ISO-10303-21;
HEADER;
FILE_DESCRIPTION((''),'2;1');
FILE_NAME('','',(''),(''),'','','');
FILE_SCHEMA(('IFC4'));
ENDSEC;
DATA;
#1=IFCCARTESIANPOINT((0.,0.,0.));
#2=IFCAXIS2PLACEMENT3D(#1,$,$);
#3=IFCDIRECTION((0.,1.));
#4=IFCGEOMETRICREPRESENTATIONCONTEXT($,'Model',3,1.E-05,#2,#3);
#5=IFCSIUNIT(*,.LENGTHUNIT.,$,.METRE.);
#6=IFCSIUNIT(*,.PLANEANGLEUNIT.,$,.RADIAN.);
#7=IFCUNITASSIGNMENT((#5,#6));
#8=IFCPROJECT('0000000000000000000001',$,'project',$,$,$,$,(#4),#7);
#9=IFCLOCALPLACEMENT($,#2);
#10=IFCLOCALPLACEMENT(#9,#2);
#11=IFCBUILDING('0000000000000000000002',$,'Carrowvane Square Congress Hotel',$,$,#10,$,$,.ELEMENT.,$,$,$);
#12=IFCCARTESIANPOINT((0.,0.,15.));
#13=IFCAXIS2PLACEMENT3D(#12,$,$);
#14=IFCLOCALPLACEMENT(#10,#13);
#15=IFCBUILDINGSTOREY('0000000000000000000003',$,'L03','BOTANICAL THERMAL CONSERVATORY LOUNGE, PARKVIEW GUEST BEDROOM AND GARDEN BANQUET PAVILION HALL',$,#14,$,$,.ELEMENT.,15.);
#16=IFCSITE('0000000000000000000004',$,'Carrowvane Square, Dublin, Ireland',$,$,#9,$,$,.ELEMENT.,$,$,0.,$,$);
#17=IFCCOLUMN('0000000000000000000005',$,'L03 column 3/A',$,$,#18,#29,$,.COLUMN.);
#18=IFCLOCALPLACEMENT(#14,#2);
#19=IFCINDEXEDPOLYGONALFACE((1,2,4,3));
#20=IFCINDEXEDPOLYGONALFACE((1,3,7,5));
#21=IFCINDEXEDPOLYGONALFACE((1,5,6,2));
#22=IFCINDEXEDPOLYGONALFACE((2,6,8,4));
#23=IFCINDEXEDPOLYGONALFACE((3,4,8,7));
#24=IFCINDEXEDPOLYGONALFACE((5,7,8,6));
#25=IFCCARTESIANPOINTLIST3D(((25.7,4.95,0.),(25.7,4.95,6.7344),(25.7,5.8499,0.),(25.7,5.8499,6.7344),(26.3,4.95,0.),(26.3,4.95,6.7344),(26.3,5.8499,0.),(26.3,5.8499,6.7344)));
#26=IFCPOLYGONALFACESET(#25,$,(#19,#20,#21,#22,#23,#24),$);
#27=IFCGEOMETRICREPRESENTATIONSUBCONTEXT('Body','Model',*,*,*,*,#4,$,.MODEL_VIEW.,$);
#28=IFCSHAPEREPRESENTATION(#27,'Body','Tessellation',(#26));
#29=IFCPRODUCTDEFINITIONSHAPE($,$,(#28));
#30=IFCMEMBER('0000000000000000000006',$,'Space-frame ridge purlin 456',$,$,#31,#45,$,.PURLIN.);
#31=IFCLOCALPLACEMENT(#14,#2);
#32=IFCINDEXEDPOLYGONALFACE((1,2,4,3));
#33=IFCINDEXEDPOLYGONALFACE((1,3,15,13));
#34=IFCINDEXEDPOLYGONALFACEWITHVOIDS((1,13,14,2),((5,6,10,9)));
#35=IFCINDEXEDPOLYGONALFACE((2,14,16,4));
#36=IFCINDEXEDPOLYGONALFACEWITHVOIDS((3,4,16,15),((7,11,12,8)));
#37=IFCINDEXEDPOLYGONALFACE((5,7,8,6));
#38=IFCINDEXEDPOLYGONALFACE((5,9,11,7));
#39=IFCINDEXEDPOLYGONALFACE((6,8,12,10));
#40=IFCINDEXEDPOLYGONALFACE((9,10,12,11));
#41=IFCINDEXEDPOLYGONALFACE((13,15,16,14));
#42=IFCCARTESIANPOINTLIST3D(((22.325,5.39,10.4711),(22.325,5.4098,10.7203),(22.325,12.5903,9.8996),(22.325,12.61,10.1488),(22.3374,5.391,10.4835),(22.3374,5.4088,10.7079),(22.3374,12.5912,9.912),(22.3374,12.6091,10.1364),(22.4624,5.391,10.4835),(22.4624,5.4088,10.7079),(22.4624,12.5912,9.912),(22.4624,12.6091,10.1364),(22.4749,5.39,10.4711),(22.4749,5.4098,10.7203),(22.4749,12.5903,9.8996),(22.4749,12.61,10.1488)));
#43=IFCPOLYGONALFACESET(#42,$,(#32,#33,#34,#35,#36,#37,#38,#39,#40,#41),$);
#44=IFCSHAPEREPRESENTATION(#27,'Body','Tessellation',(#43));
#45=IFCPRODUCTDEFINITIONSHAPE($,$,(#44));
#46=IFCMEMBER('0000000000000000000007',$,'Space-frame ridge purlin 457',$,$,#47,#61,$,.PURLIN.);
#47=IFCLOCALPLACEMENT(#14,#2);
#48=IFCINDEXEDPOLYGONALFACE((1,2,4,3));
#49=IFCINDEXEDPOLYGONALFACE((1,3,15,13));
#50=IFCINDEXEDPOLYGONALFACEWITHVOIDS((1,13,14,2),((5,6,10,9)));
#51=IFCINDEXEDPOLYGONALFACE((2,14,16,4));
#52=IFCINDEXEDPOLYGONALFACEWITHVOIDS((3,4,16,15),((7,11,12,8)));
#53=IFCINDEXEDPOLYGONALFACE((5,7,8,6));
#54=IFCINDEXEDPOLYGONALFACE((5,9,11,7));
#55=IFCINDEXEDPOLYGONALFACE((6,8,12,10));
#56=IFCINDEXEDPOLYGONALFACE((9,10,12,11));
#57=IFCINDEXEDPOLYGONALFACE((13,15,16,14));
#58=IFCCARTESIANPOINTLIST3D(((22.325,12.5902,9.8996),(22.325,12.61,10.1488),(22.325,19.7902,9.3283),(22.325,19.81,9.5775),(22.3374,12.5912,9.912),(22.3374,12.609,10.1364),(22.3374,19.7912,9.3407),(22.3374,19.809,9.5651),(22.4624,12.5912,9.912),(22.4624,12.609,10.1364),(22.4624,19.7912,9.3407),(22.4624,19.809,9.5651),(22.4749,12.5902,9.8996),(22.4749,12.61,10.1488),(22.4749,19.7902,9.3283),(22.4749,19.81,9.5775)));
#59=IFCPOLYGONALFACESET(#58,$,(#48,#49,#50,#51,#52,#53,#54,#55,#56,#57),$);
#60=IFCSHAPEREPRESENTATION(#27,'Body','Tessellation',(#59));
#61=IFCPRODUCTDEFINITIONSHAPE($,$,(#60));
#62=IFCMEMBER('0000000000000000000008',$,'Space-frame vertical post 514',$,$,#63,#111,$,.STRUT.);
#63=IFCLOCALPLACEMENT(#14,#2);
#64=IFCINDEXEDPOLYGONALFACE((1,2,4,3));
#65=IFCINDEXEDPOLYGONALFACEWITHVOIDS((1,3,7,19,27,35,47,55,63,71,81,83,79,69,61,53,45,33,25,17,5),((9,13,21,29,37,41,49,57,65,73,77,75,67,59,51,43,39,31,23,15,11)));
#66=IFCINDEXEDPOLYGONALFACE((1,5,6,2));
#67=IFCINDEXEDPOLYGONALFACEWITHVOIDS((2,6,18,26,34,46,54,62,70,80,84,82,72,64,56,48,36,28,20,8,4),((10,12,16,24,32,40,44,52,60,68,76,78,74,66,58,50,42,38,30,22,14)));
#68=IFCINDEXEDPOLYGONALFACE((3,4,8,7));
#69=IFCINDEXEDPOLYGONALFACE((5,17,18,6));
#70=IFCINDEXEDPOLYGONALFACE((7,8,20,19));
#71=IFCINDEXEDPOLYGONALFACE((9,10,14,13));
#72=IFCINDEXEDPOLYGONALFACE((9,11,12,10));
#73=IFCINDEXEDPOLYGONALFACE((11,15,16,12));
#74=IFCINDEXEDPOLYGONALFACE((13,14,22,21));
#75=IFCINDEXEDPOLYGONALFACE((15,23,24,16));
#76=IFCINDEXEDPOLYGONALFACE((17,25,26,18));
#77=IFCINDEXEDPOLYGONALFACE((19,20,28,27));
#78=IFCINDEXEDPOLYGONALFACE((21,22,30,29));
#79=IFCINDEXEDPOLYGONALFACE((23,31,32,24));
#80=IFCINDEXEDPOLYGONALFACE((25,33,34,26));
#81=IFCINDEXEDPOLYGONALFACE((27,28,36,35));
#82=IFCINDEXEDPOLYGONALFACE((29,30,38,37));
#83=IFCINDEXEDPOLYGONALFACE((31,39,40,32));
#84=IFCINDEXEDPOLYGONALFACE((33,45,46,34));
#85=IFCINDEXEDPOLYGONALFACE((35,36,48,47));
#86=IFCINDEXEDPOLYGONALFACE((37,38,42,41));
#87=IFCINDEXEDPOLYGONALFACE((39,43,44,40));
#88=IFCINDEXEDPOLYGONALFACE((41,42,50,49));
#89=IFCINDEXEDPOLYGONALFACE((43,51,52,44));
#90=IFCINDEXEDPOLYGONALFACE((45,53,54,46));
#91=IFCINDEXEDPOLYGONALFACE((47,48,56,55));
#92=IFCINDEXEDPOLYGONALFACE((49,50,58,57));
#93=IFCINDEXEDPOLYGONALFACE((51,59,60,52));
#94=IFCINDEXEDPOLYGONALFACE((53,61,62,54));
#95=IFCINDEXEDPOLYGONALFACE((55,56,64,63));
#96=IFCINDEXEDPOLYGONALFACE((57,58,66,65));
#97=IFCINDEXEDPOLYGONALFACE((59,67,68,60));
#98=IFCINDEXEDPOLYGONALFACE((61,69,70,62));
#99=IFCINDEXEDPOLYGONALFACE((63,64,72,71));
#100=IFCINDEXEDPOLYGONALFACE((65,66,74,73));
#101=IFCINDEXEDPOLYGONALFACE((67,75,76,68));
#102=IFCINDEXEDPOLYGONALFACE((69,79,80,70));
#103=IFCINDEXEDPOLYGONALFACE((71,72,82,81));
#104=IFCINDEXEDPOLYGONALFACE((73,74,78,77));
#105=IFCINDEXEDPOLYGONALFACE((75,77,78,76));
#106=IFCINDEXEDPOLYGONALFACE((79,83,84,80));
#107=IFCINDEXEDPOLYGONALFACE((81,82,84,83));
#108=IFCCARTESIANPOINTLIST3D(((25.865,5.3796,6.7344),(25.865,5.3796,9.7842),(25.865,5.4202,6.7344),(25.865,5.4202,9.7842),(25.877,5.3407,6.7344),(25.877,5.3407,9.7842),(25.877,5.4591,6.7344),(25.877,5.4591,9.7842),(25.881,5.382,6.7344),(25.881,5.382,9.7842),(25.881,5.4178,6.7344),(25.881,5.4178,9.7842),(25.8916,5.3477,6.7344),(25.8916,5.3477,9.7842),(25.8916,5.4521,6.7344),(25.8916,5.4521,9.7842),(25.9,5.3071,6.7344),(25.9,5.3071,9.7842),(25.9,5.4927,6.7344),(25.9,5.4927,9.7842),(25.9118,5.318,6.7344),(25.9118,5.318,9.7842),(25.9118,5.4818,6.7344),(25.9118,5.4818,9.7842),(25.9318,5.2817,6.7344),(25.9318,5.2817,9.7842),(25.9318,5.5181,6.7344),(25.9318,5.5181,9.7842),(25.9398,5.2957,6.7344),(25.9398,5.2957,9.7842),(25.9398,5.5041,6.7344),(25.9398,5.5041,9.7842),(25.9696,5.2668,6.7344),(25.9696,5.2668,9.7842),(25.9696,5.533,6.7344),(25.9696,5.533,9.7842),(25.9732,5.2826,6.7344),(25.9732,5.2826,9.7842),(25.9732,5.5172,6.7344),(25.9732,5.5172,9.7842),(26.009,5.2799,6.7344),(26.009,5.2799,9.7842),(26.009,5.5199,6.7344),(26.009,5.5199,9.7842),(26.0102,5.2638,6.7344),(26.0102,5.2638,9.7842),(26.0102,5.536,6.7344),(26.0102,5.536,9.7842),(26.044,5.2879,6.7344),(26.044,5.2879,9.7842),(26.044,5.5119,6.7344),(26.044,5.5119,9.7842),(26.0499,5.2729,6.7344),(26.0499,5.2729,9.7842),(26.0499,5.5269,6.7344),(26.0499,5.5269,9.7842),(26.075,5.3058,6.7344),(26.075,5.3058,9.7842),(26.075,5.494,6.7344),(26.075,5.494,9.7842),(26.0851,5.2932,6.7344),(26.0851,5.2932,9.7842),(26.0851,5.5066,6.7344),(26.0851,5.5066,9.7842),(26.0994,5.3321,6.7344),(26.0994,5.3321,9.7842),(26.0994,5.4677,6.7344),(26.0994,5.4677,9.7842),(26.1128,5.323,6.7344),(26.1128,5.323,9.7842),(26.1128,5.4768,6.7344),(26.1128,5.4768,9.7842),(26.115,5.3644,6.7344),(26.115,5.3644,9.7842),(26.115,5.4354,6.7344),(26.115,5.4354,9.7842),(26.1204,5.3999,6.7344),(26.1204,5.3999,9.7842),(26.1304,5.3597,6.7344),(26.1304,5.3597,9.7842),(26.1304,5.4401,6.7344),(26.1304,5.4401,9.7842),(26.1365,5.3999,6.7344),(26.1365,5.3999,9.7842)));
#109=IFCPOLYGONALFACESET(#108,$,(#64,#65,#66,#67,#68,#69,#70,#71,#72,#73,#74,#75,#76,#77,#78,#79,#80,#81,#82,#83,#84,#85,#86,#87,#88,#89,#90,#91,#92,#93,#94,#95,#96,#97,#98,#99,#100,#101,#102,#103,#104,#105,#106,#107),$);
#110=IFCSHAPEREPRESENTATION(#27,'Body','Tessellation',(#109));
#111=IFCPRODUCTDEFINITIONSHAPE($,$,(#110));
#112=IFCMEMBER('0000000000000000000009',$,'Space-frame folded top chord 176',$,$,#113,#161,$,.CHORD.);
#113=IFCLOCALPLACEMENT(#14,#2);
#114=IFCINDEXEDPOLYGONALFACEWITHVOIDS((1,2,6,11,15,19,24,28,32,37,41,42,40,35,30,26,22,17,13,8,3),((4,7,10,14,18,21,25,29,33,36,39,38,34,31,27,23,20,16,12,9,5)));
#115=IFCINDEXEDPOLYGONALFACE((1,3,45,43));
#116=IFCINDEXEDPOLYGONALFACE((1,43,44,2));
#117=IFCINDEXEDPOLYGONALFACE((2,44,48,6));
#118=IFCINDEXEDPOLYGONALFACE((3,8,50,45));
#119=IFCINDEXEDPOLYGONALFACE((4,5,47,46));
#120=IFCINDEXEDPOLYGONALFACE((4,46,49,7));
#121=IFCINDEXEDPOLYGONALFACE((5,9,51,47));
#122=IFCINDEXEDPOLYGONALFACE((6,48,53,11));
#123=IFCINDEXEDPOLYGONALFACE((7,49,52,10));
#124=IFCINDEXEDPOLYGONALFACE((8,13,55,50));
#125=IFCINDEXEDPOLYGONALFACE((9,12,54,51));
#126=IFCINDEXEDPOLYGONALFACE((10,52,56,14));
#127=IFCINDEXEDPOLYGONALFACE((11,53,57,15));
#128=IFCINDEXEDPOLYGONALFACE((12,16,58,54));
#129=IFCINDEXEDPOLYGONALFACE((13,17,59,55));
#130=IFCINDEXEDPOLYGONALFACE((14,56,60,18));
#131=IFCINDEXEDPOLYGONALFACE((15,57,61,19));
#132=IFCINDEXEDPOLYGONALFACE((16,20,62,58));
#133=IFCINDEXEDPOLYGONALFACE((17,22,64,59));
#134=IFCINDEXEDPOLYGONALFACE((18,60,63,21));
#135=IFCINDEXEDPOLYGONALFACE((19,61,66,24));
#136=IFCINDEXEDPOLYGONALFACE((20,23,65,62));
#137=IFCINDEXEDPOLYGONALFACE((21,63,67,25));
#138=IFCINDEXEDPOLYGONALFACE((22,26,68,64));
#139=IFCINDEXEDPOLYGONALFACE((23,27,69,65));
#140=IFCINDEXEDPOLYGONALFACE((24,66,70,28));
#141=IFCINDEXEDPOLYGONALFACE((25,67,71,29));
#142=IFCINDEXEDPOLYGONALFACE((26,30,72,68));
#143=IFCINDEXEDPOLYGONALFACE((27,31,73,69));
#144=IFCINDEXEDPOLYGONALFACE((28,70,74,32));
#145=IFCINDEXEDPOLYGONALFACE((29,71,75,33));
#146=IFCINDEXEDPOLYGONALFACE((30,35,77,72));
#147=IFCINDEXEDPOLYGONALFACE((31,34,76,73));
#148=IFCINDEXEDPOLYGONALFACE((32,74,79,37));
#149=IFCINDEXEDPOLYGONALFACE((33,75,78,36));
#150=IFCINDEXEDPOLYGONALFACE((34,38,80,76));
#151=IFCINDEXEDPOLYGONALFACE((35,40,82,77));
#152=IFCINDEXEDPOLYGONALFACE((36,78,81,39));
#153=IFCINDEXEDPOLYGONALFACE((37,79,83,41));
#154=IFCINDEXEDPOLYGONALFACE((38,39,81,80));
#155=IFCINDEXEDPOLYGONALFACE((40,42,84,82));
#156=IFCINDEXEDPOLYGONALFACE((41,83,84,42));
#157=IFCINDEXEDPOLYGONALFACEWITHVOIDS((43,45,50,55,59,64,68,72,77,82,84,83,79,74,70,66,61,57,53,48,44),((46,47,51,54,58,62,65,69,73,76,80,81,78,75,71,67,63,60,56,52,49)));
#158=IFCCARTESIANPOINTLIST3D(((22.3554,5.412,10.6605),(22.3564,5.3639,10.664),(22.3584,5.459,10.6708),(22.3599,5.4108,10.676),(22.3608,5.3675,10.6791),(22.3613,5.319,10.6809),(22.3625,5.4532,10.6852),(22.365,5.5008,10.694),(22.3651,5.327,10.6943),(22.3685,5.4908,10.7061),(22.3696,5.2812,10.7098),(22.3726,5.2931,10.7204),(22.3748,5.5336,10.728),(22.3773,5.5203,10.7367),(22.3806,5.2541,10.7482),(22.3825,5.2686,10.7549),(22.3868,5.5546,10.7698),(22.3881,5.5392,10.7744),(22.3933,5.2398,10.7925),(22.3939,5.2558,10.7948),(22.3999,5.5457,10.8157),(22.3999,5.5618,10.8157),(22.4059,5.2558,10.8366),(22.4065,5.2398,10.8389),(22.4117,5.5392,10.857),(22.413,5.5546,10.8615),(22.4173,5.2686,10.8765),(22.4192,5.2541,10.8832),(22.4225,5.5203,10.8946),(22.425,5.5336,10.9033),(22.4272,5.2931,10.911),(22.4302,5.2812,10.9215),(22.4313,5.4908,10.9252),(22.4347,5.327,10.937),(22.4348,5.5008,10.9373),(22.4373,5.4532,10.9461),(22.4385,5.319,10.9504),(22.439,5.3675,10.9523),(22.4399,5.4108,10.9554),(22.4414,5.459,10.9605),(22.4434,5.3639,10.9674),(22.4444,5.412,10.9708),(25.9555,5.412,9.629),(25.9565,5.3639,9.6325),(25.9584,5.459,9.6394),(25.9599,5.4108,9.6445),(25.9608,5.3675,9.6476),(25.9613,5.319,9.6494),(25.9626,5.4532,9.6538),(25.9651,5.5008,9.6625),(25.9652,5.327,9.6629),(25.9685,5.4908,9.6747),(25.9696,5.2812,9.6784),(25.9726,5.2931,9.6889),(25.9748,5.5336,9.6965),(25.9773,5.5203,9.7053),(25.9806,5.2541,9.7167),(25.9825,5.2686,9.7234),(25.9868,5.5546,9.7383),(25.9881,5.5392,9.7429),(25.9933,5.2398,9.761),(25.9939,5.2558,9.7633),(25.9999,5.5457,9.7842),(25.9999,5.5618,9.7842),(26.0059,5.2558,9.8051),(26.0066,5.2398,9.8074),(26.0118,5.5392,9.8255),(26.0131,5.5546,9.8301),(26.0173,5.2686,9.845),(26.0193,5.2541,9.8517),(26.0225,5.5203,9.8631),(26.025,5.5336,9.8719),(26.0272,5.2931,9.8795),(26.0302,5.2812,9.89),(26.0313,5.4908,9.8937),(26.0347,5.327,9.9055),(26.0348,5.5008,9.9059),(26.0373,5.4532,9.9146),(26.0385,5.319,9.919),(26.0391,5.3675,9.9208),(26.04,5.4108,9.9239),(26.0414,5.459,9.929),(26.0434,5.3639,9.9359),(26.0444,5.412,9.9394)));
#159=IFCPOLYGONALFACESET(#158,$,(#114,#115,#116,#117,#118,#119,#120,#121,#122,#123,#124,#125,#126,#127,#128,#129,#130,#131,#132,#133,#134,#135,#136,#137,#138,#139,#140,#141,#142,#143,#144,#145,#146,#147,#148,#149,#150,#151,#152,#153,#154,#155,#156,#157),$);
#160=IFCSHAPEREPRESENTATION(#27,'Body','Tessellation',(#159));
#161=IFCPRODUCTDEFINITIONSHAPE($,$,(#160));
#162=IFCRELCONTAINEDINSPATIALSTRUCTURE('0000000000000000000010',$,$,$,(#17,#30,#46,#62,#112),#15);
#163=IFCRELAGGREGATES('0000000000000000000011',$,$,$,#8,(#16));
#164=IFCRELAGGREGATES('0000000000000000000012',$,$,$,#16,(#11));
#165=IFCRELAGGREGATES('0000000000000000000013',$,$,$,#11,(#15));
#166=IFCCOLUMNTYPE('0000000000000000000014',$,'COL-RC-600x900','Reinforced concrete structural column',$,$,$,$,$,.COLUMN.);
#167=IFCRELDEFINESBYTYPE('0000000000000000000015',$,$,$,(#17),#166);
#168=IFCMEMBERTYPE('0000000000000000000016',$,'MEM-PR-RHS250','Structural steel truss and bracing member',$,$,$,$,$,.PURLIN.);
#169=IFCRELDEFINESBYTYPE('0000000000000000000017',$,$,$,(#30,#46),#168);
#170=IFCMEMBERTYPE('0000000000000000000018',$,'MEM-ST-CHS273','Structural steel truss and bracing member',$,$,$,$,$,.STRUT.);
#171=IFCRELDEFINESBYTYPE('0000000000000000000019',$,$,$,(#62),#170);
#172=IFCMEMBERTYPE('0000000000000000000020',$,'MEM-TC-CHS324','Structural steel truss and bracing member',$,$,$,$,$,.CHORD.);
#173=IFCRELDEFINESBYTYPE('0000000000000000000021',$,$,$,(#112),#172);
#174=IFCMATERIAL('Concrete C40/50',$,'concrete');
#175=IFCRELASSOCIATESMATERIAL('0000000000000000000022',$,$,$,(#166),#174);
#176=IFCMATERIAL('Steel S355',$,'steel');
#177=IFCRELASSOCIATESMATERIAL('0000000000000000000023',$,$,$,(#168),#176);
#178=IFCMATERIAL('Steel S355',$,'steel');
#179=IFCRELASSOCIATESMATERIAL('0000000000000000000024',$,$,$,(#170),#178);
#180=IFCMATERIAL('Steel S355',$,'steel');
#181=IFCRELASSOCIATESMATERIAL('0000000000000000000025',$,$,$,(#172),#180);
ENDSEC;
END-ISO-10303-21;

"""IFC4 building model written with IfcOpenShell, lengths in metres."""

from ifc_helpers import new_model, si_unit, direction, frame, origin, origin_2d, place, context, subcontext, project, spatial, rectangle, hollow_rectangle, hollow_circle, extrude, material, material_profile, profile_set, type_object, element, save


model = new_model("IFC4")

# Units and contexts
model_context = context("Model", 3, precision=1e-05, world=origin(), true_north=direction((0.0, 1.0)))
body_context = subcontext(model_context, "Body", "Model", "MODEL_VIEW")
ifc_project = project(units=[si_unit("LENGTHUNIT", "METRE"), si_unit("PLANEANGLEUNIT", "RADIAN")], contexts=[model_context])

# Site, building, storey
site_placement = place(None, origin())
site = spatial("IfcSite", under=ifc_project, at=site_placement, Name="Carrowvane Square, Dublin, Ireland", CompositionType="ELEMENT", RefElevation=0.0)
building_placement = place(site_placement, origin())
building = spatial("IfcBuilding", under=site, at=building_placement, Name="Carrowvane Square Congress Hotel", CompositionType="ELEMENT")
storey_placement = place(building_placement, frame((0.0, 0.0, 15.0)))
storey = spatial("IfcBuildingStorey", under=building, at=storey_placement, Name="L03", Description="BOTANICAL THERMAL CONSERVATORY LOUNGE, PARKVIEW GUEST BEDROOM AND GARDEN BANQUET PAVILION HALL", CompositionType="ELEMENT", Elevation=15.0)

# Column
ifc_material_1 = material(Name="Concrete C40/50", Category="concrete")
ifc_material_profile_1 = material_profile(ifc_material_1, rectangle(XDim=0.6001, YDim=0.8999, at=origin_2d()), Name="RC 600x900")
ifc_profile_set_1 = profile_set([ifc_material_profile_1], Name="Concrete C40/50")
column_type = type_object("IfcColumnType", Name="COL-RC-600x900", Description="Reinforced concrete structural column", PredefinedType="COLUMN", material=ifc_profile_set_1)
column_placement = place(storey_placement, frame((26.0, 5.3999, 0.0), z_axis=(0.0, 0.0, 1.0), x_axis=(1.0, 0.0, 0.0)))
element("IfcColumn", 1, at=column_placement, inside=storey, type_object=column_type, Name="L03 column 3/A", PredefinedType="COLUMN", context=body_context, shape_type="SweptSolid", body=[
    extrude(rectangle(XDim=0.6001, YDim=0.8999, at=origin_2d()), origin(), (0.0, 0.0, 1.0), 6.7344),
])

# Members
ifc_material_2 = material(Name="Steel S355", Category="steel")
ifc_material_profile_2 = material_profile(ifc_material_2, hollow_rectangle(XDim=0.1499, YDim=0.25, WallThickness=0.0125, at=origin_2d()), Name="RHS 250x150x12.5")
ifc_profile_set_2 = profile_set([ifc_material_profile_2], Name="Steel S355")
member_type_1 = type_object("IfcMemberType", Name="MEM-PR-RHS250", Description="Structural steel truss and bracing member", PredefinedType="PURLIN", material=ifc_profile_set_2)
member_1_placement = place(storey_placement, frame((22.3999, 5.3999, 10.5957), z_axis=(0.0, 0.996864, -0.079129), x_axis=(-1.0, 0.0, 0.0)))
element("IfcMember", 2, at=member_1_placement, inside=storey, type_object=member_type_1, Name="Space-frame ridge purlin 456", PredefinedType="PURLIN", context=body_context, shape_type="SweptSolid", body=[
    extrude(hollow_rectangle(XDim=0.1499, YDim=0.25, WallThickness=0.0125, at=origin_2d()), origin(), (0.0, 0.0, 1.0), 7.2229),
])
member_2_placement = place(storey_placement, frame((22.3999, 12.6001, 10.0242), z_axis=(0.0, 0.996867, -0.079098), x_axis=(-1.0, 0.0, 0.0)))
element("IfcMember", 3, at=member_2_placement, inside=storey, type_object=member_type_1, Name="Space-frame ridge purlin 457", PredefinedType="PURLIN", context=body_context, shape_type="SweptSolid", body=[
    extrude(hollow_rectangle(XDim=0.1499, YDim=0.25, WallThickness=0.0125, at=origin_2d()), origin(), (0.0, 0.0, 1.0), 7.2227),
])
ifc_material_3 = material(Name="Steel S355", Category="steel")
ifc_material_profile_3 = material_profile(ifc_material_3, hollow_circle(Radius=0.1365, WallThickness=0.0161, at=origin_2d()), Name="CHS 273.0x16")
ifc_profile_set_3 = profile_set([ifc_material_profile_3], Name="Steel S355")
member_type_2 = type_object("IfcMemberType", Name="MEM-ST-CHS273", Description="Structural steel truss and bracing member", PredefinedType="STRUT", material=ifc_profile_set_3)
member_3_placement = place(storey_placement, frame((26.0, 5.3999, 6.7344), z_axis=(0.0, 0.0, 1.0), x_axis=(1.0, 0.0, 0.0)))
element("IfcMember", 4, at=member_3_placement, inside=storey, type_object=member_type_2, Name="Space-frame vertical post 514", PredefinedType="STRUT", context=body_context, shape_type="SweptSolid", body=[
    extrude(hollow_circle(Radius=0.1365, WallThickness=0.0161, at=origin_2d()), origin(), (0.0, 0.0, 1.0), 3.0498),
])
ifc_material_4 = material(Name="Steel S355", Category="steel")
ifc_material_profile_4 = material_profile(ifc_material_4, hollow_circle(Radius=0.1619, WallThickness=0.0161, at=origin_2d()), Name="CHS 323.9x16")
ifc_profile_set_4 = profile_set([ifc_material_profile_4], Name="Steel S355")
member_type_3 = type_object("IfcMemberType", Name="MEM-TC-CHS324", Description="Structural steel truss and bracing member", PredefinedType="CHORD", material=ifc_profile_set_4)
member_4_placement = place(storey_placement, frame((22.3999, 5.3999, 10.8157), z_axis=(0.961319, 0.0, -0.275436), x_axis=(0.0, 1.0, 0.0)))
element("IfcMember", 5, at=member_4_placement, inside=storey, type_object=member_type_3, Name="Space-frame folded top chord 176", PredefinedType="CHORD", context=body_context, shape_type="SweptSolid", body=[
    extrude(hollow_circle(Radius=0.1619, WallThickness=0.0161, at=origin_2d()), origin(), (0.0, 0.0, 1.0), 3.7449),
])

save(model, "model.ifc")
